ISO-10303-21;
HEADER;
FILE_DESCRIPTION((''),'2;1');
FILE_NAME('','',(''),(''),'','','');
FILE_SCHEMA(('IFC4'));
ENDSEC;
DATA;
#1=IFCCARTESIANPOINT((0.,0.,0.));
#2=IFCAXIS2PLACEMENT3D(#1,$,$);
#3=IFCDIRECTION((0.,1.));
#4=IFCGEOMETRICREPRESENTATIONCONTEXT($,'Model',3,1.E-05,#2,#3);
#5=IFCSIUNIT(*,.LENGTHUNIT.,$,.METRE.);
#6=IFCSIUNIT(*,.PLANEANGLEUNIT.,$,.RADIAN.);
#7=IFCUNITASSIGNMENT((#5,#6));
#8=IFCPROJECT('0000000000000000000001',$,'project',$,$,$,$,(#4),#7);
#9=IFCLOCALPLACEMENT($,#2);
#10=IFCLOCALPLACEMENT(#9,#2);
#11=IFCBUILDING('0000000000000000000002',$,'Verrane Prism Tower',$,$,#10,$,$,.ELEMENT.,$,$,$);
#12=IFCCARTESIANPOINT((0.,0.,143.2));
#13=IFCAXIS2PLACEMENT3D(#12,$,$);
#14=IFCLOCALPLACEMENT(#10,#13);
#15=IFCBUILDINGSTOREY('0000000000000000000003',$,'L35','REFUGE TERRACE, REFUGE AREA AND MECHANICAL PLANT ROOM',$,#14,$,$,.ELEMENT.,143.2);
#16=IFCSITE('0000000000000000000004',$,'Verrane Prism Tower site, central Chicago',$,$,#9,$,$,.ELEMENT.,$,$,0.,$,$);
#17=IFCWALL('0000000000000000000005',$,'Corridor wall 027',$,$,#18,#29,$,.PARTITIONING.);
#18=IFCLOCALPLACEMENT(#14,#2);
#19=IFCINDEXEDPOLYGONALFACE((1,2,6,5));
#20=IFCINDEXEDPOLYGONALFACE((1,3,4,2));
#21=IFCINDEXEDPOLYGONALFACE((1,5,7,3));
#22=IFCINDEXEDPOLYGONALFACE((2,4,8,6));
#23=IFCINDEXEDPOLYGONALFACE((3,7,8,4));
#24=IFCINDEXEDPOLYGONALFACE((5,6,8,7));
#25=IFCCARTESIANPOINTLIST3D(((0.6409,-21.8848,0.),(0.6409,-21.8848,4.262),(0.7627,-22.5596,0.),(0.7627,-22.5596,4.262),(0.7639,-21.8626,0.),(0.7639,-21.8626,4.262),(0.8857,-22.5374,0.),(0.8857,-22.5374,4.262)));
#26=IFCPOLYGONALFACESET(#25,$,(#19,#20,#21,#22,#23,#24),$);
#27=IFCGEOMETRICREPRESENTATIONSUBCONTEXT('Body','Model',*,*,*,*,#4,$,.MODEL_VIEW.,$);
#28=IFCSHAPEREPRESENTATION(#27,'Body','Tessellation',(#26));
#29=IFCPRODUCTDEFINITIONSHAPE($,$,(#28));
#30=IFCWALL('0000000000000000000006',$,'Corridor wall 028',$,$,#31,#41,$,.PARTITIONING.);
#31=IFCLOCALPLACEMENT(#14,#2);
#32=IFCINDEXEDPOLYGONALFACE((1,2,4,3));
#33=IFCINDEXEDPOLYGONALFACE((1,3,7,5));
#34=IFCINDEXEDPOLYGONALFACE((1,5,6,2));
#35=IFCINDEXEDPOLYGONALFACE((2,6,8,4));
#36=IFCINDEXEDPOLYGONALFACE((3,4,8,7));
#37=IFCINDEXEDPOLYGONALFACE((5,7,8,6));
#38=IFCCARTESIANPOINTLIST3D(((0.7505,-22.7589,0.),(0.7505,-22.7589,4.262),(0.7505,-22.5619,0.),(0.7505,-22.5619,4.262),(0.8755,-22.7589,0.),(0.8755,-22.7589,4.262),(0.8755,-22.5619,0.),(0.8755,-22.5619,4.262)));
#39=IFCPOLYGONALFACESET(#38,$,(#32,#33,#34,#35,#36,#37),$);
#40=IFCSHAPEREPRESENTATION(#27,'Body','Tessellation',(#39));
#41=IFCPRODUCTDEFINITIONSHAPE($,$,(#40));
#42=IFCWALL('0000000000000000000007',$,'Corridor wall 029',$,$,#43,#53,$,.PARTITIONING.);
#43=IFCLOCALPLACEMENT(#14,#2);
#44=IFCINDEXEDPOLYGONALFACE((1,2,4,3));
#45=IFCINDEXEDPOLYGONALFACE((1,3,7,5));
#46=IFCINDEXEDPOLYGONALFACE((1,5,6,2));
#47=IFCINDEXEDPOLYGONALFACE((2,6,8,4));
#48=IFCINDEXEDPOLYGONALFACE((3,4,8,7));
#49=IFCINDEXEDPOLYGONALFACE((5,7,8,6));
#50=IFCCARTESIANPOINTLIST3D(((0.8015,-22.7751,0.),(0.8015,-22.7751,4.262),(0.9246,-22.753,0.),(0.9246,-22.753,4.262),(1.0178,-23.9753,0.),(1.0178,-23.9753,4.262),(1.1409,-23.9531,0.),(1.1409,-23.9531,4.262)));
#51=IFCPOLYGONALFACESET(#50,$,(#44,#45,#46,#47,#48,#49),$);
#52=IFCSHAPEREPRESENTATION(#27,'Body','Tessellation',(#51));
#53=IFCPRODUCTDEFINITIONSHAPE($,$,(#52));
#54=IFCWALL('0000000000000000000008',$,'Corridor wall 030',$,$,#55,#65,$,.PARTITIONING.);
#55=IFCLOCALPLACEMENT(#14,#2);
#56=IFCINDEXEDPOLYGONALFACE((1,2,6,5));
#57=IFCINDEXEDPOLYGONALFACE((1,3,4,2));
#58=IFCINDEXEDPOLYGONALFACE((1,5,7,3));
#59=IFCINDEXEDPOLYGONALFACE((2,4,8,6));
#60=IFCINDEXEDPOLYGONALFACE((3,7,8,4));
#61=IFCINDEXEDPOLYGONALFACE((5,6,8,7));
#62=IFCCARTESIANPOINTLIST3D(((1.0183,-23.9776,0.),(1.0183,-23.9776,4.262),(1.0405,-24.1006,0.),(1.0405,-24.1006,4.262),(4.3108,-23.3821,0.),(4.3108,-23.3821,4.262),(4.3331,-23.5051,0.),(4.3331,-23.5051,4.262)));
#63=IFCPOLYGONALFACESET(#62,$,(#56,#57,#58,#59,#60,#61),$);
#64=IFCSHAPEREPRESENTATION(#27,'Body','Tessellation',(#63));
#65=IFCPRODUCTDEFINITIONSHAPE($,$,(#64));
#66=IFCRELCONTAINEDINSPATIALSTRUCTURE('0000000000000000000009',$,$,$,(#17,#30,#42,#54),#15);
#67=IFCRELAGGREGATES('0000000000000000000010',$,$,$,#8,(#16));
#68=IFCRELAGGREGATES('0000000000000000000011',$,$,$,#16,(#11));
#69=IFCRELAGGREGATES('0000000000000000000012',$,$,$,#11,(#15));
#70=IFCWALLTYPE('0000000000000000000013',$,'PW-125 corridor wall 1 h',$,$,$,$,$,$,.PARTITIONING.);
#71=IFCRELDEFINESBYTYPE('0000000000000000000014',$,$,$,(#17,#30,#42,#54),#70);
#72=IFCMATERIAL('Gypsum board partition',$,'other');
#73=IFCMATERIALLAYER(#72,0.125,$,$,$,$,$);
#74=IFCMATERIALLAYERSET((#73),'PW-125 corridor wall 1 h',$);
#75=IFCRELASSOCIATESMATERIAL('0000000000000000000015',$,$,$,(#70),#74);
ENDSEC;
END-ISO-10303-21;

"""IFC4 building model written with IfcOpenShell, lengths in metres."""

from ifc_helpers import new_model, si_unit, direction, frame, frame_2d, origin, place, context, subcontext, project, spatial, rectangle, extrude, material, layer, layer_set, type_object, element, save


model = new_model("IFC4")

# Units and contexts
model_context = context("Model", 3, precision=1e-05, world=origin(), true_north=direction((0.0, 1.0)))
body_context = subcontext(model_context, "Body", "Model", "MODEL_VIEW")
ifc_project = project(units=[si_unit("LENGTHUNIT", "METRE"), si_unit("PLANEANGLEUNIT", "RADIAN")], contexts=[model_context])

# Site, building, storey
site_placement = place(None, origin())
site = spatial("IfcSite", under=ifc_project, at=site_placement, Name="Verrane Prism Tower site, central Chicago", CompositionType="ELEMENT", RefElevation=0.0)
building_placement = place(site_placement, origin())
building = spatial("IfcBuilding", under=site, at=building_placement, Name="Verrane Prism Tower", CompositionType="ELEMENT")
storey_placement = place(building_placement, frame((0.0, 0.0, 143.2)))
storey = spatial("IfcBuildingStorey", under=building, at=storey_placement, Name="L35", Description="REFUGE TERRACE, REFUGE AREA AND MECHANICAL PLANT ROOM", CompositionType="ELEMENT", Elevation=143.2)

# Walls
ifc_material_1 = material(Name="Gypsum board partition", Category="other")
ifc_layer_1 = layer(ifc_material_1, 0.125)
ifc_layer_set_1 = layer_set([ifc_layer_1], Name="PW-125 corridor wall 1 h")
wall_type_1 = type_object("IfcWallType", Name="PW-125 corridor wall 1 h", PredefinedType="PARTITIONING", material=ifc_layer_set_1)
wall_1_placement = place(storey_placement, frame((0.7024, -21.8738, 0.0), z_axis=(0.0, 0.0, 1.0), x_axis=(0.177663, -0.984091, 0.0)))
element("IfcWall", 1, at=wall_1_placement, inside=storey, type_object=wall_type_1, Name="Corridor wall 027", PredefinedType="PARTITIONING", context=body_context, shape_type="SweptSolid", body=[
    extrude(rectangle(XDim=0.6858, YDim=0.125, at=frame_2d((0.3428, 0.0))), origin(), (0.0, 0.0, 1.0), 4.262),
])
wall_2_placement = place(storey_placement, frame((0.813, -22.759, 0.0), z_axis=(0.0, 0.0, 1.0), x_axis=(0.0, 1.0, 0.0)))
element("IfcWall", 2, at=wall_2_placement, inside=storey, type_object=wall_type_1, Name="Corridor wall 028", PredefinedType="PARTITIONING", context=body_context, shape_type="SweptSolid", body=[
    extrude(rectangle(XDim=0.197, YDim=0.125, at=frame_2d((0.0986, 0.0))), origin(), (0.0, 0.0, 1.0), 4.262),
])
wall_3_placement = place(storey_placement, frame((0.863, -22.7639, 0.0), z_axis=(0.0, 0.0, 1.0), x_axis=(0.17737, -0.984144, 0.0)))
element("IfcWall", 3, at=wall_3_placement, inside=storey, type_object=wall_type_1, Name="Corridor wall 029", PredefinedType="PARTITIONING", context=body_context, shape_type="SweptSolid", body=[
    extrude(rectangle(XDim=1.2195, YDim=0.125, at=frame_2d((0.6099, 0.0))), origin(), (0.0, 0.0, 1.0), 4.262),
])
wall_4_placement = place(storey_placement, frame((1.0295, -24.0391, 0.0), z_axis=(0.0, 0.0, 1.0), x_axis=(0.984036, 0.177967, 0.0)))
element("IfcWall", 4, at=wall_4_placement, inside=storey, type_object=wall_type_1, Name="Corridor wall 030", PredefinedType="PARTITIONING", context=body_context, shape_type="SweptSolid", body=[
    extrude(rectangle(XDim=3.3459, YDim=0.125, at=frame_2d((1.6729, 0.0))), origin(), (0.0, 0.0, 1.0), 4.262),
])

save(model, "model.ifc")
